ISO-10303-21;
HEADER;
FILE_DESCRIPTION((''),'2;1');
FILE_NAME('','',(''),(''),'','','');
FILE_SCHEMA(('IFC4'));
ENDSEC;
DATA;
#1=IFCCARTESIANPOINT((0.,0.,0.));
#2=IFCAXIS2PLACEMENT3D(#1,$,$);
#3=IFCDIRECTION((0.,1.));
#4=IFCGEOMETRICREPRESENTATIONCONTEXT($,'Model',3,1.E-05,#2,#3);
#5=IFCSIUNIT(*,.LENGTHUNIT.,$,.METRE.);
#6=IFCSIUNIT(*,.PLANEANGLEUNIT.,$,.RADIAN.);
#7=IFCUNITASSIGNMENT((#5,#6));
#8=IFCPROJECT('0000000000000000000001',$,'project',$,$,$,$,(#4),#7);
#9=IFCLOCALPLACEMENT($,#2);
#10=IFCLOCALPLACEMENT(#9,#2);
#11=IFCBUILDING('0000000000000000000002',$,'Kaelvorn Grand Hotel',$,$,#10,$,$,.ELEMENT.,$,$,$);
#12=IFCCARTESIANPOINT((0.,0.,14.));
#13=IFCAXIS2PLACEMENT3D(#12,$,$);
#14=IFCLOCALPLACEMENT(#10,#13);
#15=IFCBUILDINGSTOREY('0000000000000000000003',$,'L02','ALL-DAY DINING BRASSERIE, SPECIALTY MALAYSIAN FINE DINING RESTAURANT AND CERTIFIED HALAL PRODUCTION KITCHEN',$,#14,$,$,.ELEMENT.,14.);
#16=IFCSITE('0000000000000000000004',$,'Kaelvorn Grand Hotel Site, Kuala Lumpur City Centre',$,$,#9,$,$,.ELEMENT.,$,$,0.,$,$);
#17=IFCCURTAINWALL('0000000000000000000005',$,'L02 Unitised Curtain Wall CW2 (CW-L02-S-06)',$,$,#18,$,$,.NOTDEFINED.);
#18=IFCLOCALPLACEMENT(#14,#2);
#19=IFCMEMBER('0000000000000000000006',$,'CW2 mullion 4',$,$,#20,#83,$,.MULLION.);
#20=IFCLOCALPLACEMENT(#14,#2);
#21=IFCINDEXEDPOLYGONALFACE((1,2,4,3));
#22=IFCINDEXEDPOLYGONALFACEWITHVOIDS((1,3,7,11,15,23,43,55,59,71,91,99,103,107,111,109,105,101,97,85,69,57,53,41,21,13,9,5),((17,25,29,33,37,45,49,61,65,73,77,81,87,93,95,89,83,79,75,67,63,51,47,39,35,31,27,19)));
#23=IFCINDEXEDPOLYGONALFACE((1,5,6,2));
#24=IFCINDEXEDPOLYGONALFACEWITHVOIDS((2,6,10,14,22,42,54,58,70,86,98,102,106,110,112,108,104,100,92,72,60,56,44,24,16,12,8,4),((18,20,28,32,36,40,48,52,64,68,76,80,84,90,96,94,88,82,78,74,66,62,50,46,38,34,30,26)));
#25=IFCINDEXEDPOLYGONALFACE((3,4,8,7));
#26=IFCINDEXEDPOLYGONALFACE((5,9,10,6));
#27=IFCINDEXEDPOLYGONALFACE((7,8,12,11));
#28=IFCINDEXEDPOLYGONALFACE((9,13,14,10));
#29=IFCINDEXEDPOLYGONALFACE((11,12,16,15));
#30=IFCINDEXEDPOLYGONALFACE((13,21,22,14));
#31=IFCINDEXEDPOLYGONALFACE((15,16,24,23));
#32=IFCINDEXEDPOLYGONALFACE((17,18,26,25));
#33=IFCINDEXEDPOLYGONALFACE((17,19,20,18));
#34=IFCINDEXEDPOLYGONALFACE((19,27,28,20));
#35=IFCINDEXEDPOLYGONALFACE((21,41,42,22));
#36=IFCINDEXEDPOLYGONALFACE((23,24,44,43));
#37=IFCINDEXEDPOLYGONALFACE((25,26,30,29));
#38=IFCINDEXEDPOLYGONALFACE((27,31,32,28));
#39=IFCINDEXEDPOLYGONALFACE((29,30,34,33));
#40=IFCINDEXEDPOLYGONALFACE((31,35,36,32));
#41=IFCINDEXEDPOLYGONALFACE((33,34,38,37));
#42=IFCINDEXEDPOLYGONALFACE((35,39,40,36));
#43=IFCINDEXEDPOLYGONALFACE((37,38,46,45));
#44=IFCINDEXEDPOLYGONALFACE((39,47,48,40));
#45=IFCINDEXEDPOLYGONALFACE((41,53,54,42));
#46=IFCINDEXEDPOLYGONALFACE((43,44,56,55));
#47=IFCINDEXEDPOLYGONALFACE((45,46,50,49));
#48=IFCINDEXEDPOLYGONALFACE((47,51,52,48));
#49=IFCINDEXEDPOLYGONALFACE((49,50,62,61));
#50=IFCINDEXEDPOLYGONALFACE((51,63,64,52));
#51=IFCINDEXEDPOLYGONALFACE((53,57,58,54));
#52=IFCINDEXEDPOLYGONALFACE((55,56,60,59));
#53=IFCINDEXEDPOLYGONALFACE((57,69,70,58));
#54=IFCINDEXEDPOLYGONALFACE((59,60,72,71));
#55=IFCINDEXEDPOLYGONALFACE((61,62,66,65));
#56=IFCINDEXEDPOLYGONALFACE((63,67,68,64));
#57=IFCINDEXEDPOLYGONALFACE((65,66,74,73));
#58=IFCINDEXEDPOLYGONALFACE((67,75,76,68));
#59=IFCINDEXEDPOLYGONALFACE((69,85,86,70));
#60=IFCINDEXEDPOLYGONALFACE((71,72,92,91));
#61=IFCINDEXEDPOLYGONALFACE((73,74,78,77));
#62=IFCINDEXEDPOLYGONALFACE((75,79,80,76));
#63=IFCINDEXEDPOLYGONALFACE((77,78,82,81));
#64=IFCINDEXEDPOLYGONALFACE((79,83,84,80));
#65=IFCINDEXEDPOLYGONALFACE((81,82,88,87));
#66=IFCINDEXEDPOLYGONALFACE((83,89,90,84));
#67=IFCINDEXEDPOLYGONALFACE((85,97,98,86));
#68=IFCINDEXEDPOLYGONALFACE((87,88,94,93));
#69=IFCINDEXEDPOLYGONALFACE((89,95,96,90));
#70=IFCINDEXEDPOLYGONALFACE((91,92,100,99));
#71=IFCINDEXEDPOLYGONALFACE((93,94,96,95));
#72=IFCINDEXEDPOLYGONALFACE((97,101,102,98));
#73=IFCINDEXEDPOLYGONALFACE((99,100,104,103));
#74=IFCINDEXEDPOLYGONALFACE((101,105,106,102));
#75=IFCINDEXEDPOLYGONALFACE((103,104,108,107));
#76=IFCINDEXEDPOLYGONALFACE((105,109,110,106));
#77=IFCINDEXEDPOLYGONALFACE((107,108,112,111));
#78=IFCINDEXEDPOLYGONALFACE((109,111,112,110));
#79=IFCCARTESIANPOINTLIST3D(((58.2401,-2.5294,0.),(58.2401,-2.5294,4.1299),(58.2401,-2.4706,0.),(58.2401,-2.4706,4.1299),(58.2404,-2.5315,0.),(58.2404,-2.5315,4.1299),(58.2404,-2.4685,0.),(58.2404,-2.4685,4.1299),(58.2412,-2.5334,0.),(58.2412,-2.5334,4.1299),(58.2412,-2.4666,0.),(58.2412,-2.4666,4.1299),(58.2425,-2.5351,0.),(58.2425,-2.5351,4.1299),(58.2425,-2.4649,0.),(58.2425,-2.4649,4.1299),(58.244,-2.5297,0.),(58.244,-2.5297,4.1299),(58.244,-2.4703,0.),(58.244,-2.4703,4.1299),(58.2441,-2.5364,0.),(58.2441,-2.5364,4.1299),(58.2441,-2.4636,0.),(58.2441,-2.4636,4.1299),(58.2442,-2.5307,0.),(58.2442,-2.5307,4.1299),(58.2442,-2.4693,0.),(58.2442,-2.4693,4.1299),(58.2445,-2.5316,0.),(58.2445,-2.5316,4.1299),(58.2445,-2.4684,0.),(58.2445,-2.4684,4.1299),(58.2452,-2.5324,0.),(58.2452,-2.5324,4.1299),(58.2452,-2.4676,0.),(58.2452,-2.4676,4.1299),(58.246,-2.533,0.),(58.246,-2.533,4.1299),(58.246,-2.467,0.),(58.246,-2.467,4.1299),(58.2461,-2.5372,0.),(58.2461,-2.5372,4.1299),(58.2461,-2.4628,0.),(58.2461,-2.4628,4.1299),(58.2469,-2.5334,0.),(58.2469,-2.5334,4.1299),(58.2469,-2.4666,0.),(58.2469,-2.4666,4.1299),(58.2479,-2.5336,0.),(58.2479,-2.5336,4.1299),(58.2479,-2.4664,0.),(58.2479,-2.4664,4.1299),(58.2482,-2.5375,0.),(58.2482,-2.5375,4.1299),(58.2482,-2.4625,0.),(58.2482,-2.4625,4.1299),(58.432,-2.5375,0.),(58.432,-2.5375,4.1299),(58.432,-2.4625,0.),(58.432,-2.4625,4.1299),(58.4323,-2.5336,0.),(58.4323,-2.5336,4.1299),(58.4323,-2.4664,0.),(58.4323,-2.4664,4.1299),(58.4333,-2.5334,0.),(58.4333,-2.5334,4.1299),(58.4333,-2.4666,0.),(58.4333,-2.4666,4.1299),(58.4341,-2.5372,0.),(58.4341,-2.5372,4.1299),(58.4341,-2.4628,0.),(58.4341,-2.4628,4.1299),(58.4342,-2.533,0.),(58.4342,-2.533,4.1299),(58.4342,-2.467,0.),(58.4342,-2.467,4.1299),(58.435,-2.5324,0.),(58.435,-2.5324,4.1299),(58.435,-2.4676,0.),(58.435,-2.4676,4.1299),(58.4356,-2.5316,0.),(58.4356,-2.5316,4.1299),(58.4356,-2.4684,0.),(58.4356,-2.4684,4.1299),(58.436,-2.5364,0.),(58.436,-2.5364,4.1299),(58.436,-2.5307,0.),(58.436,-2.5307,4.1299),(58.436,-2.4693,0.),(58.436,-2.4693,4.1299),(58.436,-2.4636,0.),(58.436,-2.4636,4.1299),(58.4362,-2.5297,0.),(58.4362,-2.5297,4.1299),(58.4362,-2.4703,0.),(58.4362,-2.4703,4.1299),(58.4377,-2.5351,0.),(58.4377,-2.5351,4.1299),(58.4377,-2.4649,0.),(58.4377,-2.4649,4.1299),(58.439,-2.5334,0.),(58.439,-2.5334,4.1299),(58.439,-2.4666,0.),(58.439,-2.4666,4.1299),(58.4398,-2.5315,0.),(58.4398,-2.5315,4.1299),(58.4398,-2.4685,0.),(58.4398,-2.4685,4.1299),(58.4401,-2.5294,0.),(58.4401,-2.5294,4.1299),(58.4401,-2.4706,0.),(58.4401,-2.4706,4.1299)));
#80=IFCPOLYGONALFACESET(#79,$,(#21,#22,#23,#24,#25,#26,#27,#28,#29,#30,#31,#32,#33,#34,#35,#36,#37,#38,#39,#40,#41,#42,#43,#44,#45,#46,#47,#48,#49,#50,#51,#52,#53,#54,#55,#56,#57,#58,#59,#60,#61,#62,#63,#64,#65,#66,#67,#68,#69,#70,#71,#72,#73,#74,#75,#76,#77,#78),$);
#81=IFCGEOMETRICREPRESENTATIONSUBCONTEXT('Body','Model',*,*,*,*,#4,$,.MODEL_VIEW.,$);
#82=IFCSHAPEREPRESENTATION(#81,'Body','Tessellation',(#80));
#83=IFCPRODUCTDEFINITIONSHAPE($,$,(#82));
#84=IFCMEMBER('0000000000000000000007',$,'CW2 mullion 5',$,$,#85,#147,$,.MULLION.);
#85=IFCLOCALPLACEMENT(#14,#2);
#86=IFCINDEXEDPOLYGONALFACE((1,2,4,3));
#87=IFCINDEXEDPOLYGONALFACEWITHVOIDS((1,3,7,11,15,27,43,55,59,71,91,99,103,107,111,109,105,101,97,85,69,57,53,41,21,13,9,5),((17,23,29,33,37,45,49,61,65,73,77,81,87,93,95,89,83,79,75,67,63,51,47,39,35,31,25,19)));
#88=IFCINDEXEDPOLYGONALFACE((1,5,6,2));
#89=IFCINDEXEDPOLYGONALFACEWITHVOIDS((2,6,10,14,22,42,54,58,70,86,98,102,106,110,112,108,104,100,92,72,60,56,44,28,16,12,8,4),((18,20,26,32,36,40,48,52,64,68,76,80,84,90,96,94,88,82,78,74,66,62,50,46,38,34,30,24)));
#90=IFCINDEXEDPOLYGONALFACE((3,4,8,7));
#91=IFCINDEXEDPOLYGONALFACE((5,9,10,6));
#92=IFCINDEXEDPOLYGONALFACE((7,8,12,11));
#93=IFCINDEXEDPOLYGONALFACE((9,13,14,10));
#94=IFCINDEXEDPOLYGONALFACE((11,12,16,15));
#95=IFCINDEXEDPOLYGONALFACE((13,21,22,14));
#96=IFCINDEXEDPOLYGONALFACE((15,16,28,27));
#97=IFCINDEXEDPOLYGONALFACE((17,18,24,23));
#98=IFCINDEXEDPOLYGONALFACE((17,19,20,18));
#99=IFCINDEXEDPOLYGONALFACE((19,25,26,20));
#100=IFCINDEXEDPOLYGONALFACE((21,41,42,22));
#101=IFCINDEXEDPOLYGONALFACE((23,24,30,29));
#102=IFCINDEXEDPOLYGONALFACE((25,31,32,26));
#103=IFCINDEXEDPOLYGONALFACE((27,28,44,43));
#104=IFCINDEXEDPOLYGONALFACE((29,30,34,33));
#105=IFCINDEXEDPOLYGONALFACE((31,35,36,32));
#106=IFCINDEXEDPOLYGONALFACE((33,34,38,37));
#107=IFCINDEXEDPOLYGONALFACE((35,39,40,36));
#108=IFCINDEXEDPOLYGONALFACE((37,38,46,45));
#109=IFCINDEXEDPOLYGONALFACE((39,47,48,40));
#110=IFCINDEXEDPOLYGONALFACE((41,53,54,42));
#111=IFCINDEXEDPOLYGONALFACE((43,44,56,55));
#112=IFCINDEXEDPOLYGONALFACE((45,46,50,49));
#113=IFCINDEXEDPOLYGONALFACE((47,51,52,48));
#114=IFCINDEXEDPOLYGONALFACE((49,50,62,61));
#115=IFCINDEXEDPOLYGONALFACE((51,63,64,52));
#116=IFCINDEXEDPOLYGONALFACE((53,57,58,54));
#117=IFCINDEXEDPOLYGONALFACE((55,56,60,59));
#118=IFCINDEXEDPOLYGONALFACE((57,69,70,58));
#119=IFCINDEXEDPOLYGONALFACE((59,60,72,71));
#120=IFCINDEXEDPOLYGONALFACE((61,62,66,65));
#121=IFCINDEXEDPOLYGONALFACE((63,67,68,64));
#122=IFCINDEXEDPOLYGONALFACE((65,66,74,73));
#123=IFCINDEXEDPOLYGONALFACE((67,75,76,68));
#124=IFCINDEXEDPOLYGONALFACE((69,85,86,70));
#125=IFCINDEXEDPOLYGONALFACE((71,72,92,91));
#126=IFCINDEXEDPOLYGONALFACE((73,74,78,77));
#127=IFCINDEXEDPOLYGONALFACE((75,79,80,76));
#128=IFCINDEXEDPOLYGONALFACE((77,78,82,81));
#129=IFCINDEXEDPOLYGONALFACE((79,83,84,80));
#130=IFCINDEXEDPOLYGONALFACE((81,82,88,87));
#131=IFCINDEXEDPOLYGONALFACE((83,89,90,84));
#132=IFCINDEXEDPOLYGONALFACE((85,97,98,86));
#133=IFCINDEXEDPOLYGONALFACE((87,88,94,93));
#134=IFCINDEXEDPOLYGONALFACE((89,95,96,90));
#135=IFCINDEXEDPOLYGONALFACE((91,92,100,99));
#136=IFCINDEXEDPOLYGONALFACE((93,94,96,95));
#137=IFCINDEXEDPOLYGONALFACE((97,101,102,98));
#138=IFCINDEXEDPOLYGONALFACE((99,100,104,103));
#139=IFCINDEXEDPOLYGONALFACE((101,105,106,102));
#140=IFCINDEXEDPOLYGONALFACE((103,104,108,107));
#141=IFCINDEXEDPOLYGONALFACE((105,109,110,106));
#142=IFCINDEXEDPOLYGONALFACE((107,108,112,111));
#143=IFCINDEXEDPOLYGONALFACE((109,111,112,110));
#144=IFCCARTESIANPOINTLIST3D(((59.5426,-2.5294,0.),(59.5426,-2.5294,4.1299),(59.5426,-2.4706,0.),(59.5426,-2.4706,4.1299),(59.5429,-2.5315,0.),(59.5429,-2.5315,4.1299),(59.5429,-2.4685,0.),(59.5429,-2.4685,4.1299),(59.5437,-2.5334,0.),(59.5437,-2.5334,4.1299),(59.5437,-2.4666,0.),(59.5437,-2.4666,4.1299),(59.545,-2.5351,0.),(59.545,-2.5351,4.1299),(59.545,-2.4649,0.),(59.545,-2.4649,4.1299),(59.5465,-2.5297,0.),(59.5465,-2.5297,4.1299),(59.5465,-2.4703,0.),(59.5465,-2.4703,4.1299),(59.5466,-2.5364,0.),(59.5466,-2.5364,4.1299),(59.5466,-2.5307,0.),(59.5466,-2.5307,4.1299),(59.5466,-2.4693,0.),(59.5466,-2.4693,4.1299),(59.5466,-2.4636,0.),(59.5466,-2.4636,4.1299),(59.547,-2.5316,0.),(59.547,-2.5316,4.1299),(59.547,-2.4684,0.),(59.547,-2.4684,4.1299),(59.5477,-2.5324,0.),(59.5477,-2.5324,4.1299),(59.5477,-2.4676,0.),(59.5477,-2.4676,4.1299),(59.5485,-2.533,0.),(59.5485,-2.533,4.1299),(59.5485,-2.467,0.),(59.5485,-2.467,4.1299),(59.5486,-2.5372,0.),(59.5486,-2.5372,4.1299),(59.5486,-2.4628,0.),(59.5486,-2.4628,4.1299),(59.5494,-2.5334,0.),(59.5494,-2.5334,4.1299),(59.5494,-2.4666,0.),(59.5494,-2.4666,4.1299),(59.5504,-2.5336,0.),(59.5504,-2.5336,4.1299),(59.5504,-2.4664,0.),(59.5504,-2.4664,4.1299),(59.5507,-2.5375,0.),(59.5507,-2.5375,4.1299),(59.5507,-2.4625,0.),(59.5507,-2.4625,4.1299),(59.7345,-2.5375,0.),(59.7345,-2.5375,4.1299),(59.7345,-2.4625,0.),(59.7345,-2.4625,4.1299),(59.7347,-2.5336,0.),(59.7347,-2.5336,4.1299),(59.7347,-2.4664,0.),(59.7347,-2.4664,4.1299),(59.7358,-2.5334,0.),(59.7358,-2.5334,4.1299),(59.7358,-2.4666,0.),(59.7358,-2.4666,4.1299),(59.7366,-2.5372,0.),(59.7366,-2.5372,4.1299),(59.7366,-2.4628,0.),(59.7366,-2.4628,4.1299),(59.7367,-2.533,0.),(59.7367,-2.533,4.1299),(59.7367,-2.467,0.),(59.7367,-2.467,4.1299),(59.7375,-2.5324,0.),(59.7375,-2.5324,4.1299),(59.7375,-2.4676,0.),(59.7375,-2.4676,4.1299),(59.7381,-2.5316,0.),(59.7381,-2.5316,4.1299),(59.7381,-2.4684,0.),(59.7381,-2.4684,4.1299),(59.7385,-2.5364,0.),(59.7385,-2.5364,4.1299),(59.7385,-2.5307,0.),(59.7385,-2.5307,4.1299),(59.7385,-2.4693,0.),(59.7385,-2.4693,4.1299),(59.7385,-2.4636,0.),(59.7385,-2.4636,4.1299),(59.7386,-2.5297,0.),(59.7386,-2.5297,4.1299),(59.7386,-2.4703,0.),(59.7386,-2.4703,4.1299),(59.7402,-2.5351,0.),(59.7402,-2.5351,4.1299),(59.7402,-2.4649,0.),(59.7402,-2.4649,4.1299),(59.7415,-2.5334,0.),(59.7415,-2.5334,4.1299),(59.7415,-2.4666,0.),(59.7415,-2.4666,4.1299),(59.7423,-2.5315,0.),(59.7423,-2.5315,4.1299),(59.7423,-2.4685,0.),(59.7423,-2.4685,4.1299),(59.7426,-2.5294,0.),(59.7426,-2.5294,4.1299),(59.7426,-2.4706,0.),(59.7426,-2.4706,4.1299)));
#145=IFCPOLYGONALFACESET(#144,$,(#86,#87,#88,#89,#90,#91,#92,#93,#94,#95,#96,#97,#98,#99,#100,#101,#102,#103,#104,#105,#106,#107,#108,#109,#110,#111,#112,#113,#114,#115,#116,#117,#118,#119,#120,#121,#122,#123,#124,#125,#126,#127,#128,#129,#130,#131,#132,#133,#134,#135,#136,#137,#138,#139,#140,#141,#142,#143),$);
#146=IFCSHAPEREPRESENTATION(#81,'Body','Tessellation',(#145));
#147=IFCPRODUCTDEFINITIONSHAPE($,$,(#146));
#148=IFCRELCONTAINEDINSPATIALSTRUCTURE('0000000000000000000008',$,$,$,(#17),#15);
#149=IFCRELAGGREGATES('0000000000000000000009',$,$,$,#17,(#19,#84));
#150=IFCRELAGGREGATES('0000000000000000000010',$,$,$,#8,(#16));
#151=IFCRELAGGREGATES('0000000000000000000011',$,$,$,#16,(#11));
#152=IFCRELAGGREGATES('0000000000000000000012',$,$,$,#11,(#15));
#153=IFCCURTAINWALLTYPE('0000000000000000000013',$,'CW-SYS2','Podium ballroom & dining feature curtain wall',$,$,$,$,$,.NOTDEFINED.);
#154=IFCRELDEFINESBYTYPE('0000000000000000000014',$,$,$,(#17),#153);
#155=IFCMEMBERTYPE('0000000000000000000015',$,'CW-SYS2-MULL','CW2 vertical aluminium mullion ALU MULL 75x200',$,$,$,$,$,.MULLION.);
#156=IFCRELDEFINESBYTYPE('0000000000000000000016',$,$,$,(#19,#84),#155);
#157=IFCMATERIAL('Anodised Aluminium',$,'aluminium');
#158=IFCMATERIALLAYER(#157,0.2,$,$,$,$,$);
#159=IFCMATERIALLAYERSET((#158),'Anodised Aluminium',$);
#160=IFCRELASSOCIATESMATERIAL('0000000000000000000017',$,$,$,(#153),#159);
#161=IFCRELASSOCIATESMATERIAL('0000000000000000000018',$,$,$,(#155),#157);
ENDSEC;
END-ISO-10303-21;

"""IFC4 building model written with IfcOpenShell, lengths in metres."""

from ifc_helpers import new_model, si_unit, direction, frame, origin, origin_2d, place, context, subcontext, project, spatial, hollow_rectangle, extrude, material, layer, layer_set, material_profile, profile_set, type_object, element, aggregate, save


model = new_model("IFC4")

# Units and contexts
model_context = context("Model", 3, precision=1e-05, world=origin(), true_north=direction((0.0, 1.0)))
body_context = subcontext(model_context, "Body", "Model", "MODEL_VIEW")
ifc_project = project(units=[si_unit("LENGTHUNIT", "METRE"), si_unit("PLANEANGLEUNIT", "RADIAN")], contexts=[model_context])

# Site, building, storey
site_placement = place(None, origin())
site = spatial("IfcSite", under=ifc_project, at=site_placement, Name="Kaelvorn Grand Hotel Site, Kuala Lumpur City Centre", CompositionType="ELEMENT", RefElevation=0.0)
building_placement = place(site_placement, origin())
building = spatial("IfcBuilding", under=site, at=building_placement, Name="Kaelvorn Grand Hotel", CompositionType="ELEMENT")
storey_placement = place(building_placement, frame((0.0, 0.0, 14.0)))
storey = spatial("IfcBuildingStorey", under=building, at=storey_placement, Name="L02", Description="ALL-DAY DINING BRASSERIE, SPECIALTY MALAYSIAN FINE DINING RESTAURANT AND CERTIFIED HALAL PRODUCTION KITCHEN", CompositionType="ELEMENT", Elevation=14.0)

# Curtain wall, members
ifc_material_1 = material(Name="Anodised Aluminium", Category="aluminium")
ifc_layer_1 = layer(ifc_material_1, 0.2)
ifc_layer_set_1 = layer_set([ifc_layer_1], Name="Anodised Aluminium")
curtain_wall_type = type_object("IfcCurtainWallType", Name="CW-SYS2", Description="Podium ballroom & dining feature curtain wall", PredefinedType="NOTDEFINED", material=ifc_layer_set_1)
curtain_wall_1_placement = place(storey_placement, origin())
curtain_wall_1 = element("IfcCurtainWall", 1, at=curtain_wall_1_placement, inside=storey, type_object=curtain_wall_type, Name="L02 Unitised Curtain Wall CW2 (CW-L02-S-06)", PredefinedType="NOTDEFINED")
ifc_material_profile_1 = material_profile(ifc_material_1, hollow_rectangle(XDim=0.075, YDim=0.2, WallThickness=0.0039, InnerFilletRadius=0.0039, OuterFilletRadius=0.0081, at=origin_2d()), Name="ALU MULL 75x200")
ifc_profile_set_1 = profile_set([ifc_material_profile_1], Name="Anodised Aluminium")
member_type_1 = type_object("IfcMemberType", Name="CW-SYS2-MULL", Description="CW2 vertical aluminium mullion ALU MULL 75x200", PredefinedType="MULLION", material=ifc_profile_set_1)
member_1_placement = place(storey_placement, frame((58.3401, -2.5, 0.0), z_axis=(0.0, 0.0, 1.0), x_axis=(0.0, 1.0, 0.0)))
member_1 = element("IfcMember", 2, at=member_1_placement, type_object=member_type_1, Name="CW2 mullion 4", PredefinedType="MULLION", context=body_context, shape_type="SweptSolid", body=[
    extrude(hollow_rectangle(XDim=0.075, YDim=0.2, WallThickness=0.0039, InnerFilletRadius=0.0039, OuterFilletRadius=0.0081, at=origin_2d()), origin(), (0.0, 0.0, 1.0), 4.1299),
])
member_2_placement = place(storey_placement, frame((59.6426, -2.5, 0.0), z_axis=(0.0, 0.0, 1.0), x_axis=(0.0, 1.0, 0.0)))
member_2 = element("IfcMember", 3, at=member_2_placement, type_object=member_type_1, Name="CW2 mullion 5", PredefinedType="MULLION", context=body_context, shape_type="SweptSolid", body=[
    extrude(hollow_rectangle(XDim=0.075, YDim=0.2, WallThickness=0.0039, InnerFilletRadius=0.0039, OuterFilletRadius=0.0081, at=origin_2d()), origin(), (0.0, 0.0, 1.0), 4.1299),
])

aggregate(curtain_wall_1, [member_1, member_2])

save(model, "model.ifc")
